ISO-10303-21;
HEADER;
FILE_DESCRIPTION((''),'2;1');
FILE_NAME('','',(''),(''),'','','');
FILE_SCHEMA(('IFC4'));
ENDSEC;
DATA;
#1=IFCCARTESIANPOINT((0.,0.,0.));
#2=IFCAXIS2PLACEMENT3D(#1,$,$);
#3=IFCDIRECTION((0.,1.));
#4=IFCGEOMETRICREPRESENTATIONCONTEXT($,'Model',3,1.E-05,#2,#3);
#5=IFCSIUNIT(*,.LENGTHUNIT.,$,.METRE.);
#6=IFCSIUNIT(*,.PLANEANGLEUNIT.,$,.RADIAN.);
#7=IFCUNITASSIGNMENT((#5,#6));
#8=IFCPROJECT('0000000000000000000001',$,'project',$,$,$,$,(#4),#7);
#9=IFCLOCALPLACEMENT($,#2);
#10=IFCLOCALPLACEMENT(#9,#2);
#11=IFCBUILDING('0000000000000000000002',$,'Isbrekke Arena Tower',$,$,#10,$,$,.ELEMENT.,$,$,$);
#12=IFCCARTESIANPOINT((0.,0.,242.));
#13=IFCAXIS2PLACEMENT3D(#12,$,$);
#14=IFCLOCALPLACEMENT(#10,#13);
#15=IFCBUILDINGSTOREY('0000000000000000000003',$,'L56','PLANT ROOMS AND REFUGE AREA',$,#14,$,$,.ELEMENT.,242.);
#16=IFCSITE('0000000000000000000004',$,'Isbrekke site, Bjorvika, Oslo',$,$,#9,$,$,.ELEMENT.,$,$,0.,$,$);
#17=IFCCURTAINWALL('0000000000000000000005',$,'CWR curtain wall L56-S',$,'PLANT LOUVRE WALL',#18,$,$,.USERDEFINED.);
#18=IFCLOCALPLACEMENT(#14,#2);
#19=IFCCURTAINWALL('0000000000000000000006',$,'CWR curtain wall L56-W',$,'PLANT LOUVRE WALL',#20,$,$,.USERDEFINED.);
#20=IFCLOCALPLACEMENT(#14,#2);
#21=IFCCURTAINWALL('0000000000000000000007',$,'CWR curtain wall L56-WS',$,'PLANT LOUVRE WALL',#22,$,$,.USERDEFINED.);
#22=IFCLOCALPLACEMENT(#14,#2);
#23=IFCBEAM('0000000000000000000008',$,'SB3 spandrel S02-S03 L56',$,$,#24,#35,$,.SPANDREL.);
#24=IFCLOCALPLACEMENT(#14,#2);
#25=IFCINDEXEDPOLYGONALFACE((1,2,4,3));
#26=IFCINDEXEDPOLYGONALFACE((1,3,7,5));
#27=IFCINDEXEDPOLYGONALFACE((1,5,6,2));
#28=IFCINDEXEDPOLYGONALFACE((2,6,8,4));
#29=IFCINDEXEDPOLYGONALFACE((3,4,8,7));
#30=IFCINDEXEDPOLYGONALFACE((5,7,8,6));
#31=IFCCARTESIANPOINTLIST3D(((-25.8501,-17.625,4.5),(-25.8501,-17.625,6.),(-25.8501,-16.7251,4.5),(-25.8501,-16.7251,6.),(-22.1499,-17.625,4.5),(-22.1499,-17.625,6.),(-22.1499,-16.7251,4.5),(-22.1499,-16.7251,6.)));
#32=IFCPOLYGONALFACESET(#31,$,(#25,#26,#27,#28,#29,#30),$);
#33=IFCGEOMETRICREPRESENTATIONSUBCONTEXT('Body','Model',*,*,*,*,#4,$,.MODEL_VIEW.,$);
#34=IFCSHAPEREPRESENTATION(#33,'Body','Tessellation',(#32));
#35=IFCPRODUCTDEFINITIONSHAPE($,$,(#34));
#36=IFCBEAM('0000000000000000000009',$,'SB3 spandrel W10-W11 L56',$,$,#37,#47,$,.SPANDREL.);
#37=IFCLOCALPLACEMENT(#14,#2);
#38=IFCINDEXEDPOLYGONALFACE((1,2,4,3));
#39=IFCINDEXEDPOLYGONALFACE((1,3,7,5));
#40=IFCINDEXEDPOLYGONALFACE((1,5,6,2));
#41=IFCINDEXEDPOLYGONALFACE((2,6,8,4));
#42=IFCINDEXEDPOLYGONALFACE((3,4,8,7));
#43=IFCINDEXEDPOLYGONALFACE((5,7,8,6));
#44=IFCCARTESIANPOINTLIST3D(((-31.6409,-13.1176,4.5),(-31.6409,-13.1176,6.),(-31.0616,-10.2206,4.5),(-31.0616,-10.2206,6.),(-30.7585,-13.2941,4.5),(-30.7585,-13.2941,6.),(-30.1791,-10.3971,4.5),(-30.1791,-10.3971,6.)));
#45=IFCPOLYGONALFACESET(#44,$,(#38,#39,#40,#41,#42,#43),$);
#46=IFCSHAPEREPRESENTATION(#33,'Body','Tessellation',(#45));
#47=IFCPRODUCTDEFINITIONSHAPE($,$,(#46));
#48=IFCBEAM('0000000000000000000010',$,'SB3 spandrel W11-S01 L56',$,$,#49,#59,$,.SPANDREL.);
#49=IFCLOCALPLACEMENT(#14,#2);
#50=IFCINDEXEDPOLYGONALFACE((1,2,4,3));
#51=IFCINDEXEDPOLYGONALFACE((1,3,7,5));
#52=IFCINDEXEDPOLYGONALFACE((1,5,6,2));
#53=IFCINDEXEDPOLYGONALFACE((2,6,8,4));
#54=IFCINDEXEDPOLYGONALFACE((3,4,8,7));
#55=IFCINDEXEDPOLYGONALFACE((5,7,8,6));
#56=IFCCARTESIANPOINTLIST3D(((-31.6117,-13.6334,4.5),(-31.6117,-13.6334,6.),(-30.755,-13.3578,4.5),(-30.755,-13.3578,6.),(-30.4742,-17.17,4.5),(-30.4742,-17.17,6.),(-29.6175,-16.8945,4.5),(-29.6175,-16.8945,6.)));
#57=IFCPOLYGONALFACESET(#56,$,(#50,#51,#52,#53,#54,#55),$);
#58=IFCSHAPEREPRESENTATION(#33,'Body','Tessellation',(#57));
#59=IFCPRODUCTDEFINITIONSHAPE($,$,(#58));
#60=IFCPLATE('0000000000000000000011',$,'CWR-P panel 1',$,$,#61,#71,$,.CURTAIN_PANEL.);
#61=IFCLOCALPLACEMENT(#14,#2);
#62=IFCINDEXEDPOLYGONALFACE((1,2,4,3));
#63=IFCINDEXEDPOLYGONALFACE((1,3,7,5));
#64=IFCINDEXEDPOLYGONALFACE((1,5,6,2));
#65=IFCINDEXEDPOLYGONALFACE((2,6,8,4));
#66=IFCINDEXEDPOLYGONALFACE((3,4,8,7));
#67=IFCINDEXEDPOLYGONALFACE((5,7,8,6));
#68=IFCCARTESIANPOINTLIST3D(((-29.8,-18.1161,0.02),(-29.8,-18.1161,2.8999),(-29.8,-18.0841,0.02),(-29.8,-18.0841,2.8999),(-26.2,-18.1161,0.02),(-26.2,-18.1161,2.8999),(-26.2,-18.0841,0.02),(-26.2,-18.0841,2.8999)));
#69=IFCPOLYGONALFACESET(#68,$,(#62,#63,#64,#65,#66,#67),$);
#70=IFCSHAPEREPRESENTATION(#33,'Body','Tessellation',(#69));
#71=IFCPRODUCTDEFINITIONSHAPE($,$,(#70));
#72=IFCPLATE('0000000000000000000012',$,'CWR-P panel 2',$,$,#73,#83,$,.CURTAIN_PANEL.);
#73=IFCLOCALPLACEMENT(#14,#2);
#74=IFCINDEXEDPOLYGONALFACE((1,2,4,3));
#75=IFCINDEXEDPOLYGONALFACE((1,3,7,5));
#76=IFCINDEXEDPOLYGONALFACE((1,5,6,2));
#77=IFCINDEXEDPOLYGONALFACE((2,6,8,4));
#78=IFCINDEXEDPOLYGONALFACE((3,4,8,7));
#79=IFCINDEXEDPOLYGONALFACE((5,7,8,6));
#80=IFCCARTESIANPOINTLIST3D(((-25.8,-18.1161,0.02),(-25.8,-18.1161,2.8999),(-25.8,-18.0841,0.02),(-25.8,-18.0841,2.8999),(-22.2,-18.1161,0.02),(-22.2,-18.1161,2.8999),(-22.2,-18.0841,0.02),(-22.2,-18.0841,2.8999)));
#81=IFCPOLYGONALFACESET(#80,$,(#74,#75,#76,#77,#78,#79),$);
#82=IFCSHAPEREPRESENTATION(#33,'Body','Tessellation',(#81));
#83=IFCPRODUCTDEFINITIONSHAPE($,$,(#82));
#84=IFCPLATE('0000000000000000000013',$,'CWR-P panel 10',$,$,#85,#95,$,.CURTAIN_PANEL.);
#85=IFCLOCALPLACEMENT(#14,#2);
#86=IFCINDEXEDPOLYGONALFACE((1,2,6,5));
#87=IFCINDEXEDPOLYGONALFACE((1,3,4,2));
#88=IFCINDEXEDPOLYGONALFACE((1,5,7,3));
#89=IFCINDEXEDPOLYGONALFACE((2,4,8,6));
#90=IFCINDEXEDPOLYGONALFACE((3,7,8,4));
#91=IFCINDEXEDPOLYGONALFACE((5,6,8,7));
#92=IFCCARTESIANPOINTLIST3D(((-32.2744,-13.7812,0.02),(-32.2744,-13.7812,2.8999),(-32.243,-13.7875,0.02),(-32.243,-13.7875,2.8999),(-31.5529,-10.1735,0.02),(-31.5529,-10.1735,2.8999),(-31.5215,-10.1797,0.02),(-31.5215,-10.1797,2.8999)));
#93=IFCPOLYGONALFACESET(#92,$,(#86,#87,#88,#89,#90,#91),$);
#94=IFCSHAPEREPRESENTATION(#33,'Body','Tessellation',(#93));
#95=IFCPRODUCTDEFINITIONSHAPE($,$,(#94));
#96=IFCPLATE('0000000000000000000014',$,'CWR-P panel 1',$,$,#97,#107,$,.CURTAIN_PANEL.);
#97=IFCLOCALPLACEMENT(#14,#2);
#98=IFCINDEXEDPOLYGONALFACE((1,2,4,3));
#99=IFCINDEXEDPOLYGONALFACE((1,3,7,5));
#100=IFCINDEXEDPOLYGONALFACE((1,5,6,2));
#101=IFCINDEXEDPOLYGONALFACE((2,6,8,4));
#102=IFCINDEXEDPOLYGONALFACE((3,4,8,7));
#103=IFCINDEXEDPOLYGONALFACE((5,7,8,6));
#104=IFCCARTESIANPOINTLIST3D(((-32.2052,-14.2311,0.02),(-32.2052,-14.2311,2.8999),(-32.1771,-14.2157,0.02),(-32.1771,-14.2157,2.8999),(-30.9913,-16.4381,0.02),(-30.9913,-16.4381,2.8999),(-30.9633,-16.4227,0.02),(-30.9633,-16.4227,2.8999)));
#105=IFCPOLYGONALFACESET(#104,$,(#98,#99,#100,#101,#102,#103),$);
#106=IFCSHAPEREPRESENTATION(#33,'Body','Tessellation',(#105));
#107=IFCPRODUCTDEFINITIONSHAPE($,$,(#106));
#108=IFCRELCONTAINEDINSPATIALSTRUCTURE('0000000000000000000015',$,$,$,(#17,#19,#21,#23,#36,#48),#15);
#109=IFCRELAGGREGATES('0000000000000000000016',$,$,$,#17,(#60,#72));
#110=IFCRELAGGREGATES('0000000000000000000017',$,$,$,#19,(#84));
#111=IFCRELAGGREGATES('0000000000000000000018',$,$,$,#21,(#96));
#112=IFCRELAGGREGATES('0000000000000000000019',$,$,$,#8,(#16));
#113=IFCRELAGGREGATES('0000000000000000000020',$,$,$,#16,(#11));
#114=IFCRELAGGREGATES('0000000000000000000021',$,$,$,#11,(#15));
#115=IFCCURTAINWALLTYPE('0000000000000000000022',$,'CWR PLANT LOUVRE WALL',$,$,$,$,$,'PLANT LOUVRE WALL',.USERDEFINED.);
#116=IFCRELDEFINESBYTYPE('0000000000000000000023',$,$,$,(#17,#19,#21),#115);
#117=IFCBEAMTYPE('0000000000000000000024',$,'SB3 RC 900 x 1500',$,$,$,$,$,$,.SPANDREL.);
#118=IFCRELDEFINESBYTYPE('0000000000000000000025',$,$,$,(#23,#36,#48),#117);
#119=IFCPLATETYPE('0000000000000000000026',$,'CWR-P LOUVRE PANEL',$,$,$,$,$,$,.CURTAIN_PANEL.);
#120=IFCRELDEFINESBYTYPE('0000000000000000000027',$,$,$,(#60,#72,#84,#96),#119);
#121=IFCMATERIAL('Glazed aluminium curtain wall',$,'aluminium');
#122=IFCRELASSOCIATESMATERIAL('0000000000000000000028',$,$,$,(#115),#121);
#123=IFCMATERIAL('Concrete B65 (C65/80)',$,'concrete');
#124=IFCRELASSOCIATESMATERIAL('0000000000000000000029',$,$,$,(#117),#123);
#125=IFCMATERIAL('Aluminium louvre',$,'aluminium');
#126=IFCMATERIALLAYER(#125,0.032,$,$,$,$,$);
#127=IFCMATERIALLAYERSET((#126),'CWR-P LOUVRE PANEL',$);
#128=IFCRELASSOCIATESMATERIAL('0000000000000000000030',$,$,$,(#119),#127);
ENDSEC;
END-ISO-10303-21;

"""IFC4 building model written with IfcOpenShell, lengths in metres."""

from ifc_helpers import new_model, si_unit, direction, frame, origin, origin_2d, place, context, subcontext, project, spatial, rectangle, extrude, material, layer, layer_set, material_profile, profile_set, type_object, element, aggregate, save


model = new_model("IFC4")

# Units and contexts
model_context = context("Model", 3, precision=1e-05, world=origin(), true_north=direction((0.0, 1.0)))
body_context = subcontext(model_context, "Body", "Model", "MODEL_VIEW")
ifc_project = project(units=[si_unit("LENGTHUNIT", "METRE"), si_unit("PLANEANGLEUNIT", "RADIAN")], contexts=[model_context])

# Site, building, storey
site_placement = place(None, origin())
site = spatial("IfcSite", under=ifc_project, at=site_placement, Name="Isbrekke site, Bjorvika, Oslo", CompositionType="ELEMENT", RefElevation=0.0)
building_placement = place(site_placement, origin())
building = spatial("IfcBuilding", under=site, at=building_placement, Name="Isbrekke Arena Tower", CompositionType="ELEMENT")
storey_placement = place(building_placement, frame((0.0, 0.0, 242.0)))
storey = spatial("IfcBuildingStorey", under=building, at=storey_placement, Name="L56", Description="PLANT ROOMS AND REFUGE AREA", CompositionType="ELEMENT", Elevation=242.0)

# Curtain wall
ifc_material_1 = material(Name="Glazed aluminium curtain wall", Category="aluminium")
curtain_wall_type = type_object("IfcCurtainWallType", Name="CWR PLANT LOUVRE WALL", ElementType="PLANT LOUVRE WALL", PredefinedType="USERDEFINED", material=ifc_material_1)
curtain_wall_1_placement = place(storey_placement, origin())
curtain_wall_1 = element("IfcCurtainWall", 1, at=curtain_wall_1_placement, inside=storey, type_object=curtain_wall_type, Name="CWR curtain wall L56-S", ObjectType="PLANT LOUVRE WALL", PredefinedType="USERDEFINED")

# Curtain walls
curtain_wall_2_placement = place(storey_placement, origin())
curtain_wall_2 = element("IfcCurtainWall", 2, at=curtain_wall_2_placement, inside=storey, type_object=curtain_wall_type, Name="CWR curtain wall L56-W", ObjectType="PLANT LOUVRE WALL", PredefinedType="USERDEFINED")
curtain_wall_3_placement = place(storey_placement, origin())
curtain_wall_3 = element("IfcCurtainWall", 3, at=curtain_wall_3_placement, inside=storey, type_object=curtain_wall_type, Name="CWR curtain wall L56-WS", ObjectType="PLANT LOUVRE WALL", PredefinedType="USERDEFINED")

# Beams
ifc_material_2 = material(Name="Concrete B65 (C65/80)", Category="concrete")
ifc_material_profile_1 = material_profile(ifc_material_2, rectangle(XDim=0.8999, YDim=1.5, at=origin_2d()), Name="RC 900x1500")
ifc_profile_set_1 = profile_set([ifc_material_profile_1], Name="Concrete B65 (C65/80)")
beam_type_1 = type_object("IfcBeamType", Name="SB3 RC 900 x 1500", PredefinedType="SPANDREL", material=ifc_profile_set_1)
for number, where, z_axis, x_axis, name in (
    (4, (-25.8501, -17.175, 5.25), (1.0, 0.0, 0.0), (0.0, 1.0, 0.0), "SB3 spandrel S02-S03 L56"),
):
    element("IfcBeam", number, at=place(storey_placement, frame(where, z_axis=z_axis, x_axis=x_axis)), inside=storey, type_object=beam_type_1, Name=name, PredefinedType="SPANDREL", context=body_context, shape_type="SweptSolid", body=[
        extrude(rectangle(XDim=0.8999, YDim=1.5, at=origin_2d()), origin(), (0.0, 0.0, 1.0), 3.7002),
    ])
beam_1_placement = place(storey_placement, frame((-30.6204, -10.3088, 5.25), z_axis=(-0.1961, -0.980584, 0.0), x_axis=(0.980584, -0.1961, 0.0)))
element("IfcBeam", 5, at=beam_1_placement, inside=storey, type_object=beam_type_1, Name="SB3 spandrel W10-W11 L56", PredefinedType="SPANDREL", context=body_context, shape_type="SweptSolid", body=[
    extrude(rectangle(XDim=0.8999, YDim=1.5, at=origin_2d()), origin(), (0.0, 0.0, 1.0), 2.9543),
])
beam_2_placement = place(storey_placement, frame((-31.1833, -13.4956, 5.25), z_axis=(0.306175, -0.951975, 0.0), x_axis=(0.951975, 0.306175, 0.0)))
element("IfcBeam", 6, at=beam_2_placement, inside=storey, type_object=beam_type_1, Name="SB3 spandrel W11-S01 L56", PredefinedType="SPANDREL", context=body_context, shape_type="SweptSolid", body=[
    extrude(rectangle(XDim=0.8999, YDim=1.5, at=origin_2d()), origin(), (0.0, 0.0, 1.0), 3.7151),
])

# Plates
ifc_material_3 = material(Name="Aluminium louvre", Category="aluminium")
ifc_layer = layer(ifc_material_3, 0.032)
ifc_layer_set = layer_set([ifc_layer], Name="CWR-P LOUVRE PANEL")
plate_type = type_object("IfcPlateType", Name="CWR-P LOUVRE PANEL", PredefinedType="CURTAIN_PANEL", material=ifc_layer_set)
plate_1_placement = place(storey_placement, frame((-28.0, -18.1001, 0.02), z_axis=(0.0, 0.0, 1.0), x_axis=(1.0, 0.0, 0.0)))
plate_1 = element("IfcPlate", 7, at=plate_1_placement, type_object=plate_type, Name="CWR-P panel 1", PredefinedType="CURTAIN_PANEL", context=body_context, shape_type="SweptSolid", body=[
    extrude(rectangle(XDim=3.6001, YDim=0.032, at=origin_2d()), origin(), (0.0, 0.0, 1.0), 2.8799),
])
plate_2_placement = place(storey_placement, frame((-24.0, -18.1001, 0.02), z_axis=(0.0, 0.0, 1.0), x_axis=(1.0, 0.0, 0.0)))
plate_2 = element("IfcPlate", 8, at=plate_2_placement, type_object=plate_type, Name="CWR-P panel 2", PredefinedType="CURTAIN_PANEL", context=body_context, shape_type="SweptSolid", body=[
    extrude(rectangle(XDim=3.6001, YDim=0.032, at=origin_2d()), origin(), (0.0, 0.0, 1.0), 2.8799),
])
aggregate(curtain_wall_1, [plate_1, plate_2])
plate_3_placement = place(storey_placement, frame((-31.8979, -11.9805, 0.02), z_axis=(0.0, 0.0, 1.0), x_axis=(-0.196116, -0.980581, 0.0)))
plate_3 = element("IfcPlate", 9, at=plate_3_placement, type_object=plate_type, Name="CWR-P panel 10", PredefinedType="CURTAIN_PANEL", context=body_context, shape_type="SweptSolid", body=[
    extrude(rectangle(XDim=3.6792, YDim=0.032, at=origin_2d()), origin(), (0.0, 0.0, 1.0), 2.8799),
])
aggregate(curtain_wall_2, [plate_3])
plate_4_placement = place(storey_placement, frame((-31.5842, -15.3269, 0.02), z_axis=(0.0, 0.0, 1.0), x_axis=(0.481919, -0.876216, 0.0)))
plate_4 = element("IfcPlate", 10, at=plate_4_placement, type_object=plate_type, Name="CWR-P panel 1", PredefinedType="CURTAIN_PANEL", context=body_context, shape_type="SweptSolid", body=[
    extrude(rectangle(XDim=2.5188, YDim=0.032, at=origin_2d()), origin(), (0.0, 0.0, 1.0), 2.8799),
])
aggregate(curtain_wall_3, [plate_4])

save(model, "model.ifc")
